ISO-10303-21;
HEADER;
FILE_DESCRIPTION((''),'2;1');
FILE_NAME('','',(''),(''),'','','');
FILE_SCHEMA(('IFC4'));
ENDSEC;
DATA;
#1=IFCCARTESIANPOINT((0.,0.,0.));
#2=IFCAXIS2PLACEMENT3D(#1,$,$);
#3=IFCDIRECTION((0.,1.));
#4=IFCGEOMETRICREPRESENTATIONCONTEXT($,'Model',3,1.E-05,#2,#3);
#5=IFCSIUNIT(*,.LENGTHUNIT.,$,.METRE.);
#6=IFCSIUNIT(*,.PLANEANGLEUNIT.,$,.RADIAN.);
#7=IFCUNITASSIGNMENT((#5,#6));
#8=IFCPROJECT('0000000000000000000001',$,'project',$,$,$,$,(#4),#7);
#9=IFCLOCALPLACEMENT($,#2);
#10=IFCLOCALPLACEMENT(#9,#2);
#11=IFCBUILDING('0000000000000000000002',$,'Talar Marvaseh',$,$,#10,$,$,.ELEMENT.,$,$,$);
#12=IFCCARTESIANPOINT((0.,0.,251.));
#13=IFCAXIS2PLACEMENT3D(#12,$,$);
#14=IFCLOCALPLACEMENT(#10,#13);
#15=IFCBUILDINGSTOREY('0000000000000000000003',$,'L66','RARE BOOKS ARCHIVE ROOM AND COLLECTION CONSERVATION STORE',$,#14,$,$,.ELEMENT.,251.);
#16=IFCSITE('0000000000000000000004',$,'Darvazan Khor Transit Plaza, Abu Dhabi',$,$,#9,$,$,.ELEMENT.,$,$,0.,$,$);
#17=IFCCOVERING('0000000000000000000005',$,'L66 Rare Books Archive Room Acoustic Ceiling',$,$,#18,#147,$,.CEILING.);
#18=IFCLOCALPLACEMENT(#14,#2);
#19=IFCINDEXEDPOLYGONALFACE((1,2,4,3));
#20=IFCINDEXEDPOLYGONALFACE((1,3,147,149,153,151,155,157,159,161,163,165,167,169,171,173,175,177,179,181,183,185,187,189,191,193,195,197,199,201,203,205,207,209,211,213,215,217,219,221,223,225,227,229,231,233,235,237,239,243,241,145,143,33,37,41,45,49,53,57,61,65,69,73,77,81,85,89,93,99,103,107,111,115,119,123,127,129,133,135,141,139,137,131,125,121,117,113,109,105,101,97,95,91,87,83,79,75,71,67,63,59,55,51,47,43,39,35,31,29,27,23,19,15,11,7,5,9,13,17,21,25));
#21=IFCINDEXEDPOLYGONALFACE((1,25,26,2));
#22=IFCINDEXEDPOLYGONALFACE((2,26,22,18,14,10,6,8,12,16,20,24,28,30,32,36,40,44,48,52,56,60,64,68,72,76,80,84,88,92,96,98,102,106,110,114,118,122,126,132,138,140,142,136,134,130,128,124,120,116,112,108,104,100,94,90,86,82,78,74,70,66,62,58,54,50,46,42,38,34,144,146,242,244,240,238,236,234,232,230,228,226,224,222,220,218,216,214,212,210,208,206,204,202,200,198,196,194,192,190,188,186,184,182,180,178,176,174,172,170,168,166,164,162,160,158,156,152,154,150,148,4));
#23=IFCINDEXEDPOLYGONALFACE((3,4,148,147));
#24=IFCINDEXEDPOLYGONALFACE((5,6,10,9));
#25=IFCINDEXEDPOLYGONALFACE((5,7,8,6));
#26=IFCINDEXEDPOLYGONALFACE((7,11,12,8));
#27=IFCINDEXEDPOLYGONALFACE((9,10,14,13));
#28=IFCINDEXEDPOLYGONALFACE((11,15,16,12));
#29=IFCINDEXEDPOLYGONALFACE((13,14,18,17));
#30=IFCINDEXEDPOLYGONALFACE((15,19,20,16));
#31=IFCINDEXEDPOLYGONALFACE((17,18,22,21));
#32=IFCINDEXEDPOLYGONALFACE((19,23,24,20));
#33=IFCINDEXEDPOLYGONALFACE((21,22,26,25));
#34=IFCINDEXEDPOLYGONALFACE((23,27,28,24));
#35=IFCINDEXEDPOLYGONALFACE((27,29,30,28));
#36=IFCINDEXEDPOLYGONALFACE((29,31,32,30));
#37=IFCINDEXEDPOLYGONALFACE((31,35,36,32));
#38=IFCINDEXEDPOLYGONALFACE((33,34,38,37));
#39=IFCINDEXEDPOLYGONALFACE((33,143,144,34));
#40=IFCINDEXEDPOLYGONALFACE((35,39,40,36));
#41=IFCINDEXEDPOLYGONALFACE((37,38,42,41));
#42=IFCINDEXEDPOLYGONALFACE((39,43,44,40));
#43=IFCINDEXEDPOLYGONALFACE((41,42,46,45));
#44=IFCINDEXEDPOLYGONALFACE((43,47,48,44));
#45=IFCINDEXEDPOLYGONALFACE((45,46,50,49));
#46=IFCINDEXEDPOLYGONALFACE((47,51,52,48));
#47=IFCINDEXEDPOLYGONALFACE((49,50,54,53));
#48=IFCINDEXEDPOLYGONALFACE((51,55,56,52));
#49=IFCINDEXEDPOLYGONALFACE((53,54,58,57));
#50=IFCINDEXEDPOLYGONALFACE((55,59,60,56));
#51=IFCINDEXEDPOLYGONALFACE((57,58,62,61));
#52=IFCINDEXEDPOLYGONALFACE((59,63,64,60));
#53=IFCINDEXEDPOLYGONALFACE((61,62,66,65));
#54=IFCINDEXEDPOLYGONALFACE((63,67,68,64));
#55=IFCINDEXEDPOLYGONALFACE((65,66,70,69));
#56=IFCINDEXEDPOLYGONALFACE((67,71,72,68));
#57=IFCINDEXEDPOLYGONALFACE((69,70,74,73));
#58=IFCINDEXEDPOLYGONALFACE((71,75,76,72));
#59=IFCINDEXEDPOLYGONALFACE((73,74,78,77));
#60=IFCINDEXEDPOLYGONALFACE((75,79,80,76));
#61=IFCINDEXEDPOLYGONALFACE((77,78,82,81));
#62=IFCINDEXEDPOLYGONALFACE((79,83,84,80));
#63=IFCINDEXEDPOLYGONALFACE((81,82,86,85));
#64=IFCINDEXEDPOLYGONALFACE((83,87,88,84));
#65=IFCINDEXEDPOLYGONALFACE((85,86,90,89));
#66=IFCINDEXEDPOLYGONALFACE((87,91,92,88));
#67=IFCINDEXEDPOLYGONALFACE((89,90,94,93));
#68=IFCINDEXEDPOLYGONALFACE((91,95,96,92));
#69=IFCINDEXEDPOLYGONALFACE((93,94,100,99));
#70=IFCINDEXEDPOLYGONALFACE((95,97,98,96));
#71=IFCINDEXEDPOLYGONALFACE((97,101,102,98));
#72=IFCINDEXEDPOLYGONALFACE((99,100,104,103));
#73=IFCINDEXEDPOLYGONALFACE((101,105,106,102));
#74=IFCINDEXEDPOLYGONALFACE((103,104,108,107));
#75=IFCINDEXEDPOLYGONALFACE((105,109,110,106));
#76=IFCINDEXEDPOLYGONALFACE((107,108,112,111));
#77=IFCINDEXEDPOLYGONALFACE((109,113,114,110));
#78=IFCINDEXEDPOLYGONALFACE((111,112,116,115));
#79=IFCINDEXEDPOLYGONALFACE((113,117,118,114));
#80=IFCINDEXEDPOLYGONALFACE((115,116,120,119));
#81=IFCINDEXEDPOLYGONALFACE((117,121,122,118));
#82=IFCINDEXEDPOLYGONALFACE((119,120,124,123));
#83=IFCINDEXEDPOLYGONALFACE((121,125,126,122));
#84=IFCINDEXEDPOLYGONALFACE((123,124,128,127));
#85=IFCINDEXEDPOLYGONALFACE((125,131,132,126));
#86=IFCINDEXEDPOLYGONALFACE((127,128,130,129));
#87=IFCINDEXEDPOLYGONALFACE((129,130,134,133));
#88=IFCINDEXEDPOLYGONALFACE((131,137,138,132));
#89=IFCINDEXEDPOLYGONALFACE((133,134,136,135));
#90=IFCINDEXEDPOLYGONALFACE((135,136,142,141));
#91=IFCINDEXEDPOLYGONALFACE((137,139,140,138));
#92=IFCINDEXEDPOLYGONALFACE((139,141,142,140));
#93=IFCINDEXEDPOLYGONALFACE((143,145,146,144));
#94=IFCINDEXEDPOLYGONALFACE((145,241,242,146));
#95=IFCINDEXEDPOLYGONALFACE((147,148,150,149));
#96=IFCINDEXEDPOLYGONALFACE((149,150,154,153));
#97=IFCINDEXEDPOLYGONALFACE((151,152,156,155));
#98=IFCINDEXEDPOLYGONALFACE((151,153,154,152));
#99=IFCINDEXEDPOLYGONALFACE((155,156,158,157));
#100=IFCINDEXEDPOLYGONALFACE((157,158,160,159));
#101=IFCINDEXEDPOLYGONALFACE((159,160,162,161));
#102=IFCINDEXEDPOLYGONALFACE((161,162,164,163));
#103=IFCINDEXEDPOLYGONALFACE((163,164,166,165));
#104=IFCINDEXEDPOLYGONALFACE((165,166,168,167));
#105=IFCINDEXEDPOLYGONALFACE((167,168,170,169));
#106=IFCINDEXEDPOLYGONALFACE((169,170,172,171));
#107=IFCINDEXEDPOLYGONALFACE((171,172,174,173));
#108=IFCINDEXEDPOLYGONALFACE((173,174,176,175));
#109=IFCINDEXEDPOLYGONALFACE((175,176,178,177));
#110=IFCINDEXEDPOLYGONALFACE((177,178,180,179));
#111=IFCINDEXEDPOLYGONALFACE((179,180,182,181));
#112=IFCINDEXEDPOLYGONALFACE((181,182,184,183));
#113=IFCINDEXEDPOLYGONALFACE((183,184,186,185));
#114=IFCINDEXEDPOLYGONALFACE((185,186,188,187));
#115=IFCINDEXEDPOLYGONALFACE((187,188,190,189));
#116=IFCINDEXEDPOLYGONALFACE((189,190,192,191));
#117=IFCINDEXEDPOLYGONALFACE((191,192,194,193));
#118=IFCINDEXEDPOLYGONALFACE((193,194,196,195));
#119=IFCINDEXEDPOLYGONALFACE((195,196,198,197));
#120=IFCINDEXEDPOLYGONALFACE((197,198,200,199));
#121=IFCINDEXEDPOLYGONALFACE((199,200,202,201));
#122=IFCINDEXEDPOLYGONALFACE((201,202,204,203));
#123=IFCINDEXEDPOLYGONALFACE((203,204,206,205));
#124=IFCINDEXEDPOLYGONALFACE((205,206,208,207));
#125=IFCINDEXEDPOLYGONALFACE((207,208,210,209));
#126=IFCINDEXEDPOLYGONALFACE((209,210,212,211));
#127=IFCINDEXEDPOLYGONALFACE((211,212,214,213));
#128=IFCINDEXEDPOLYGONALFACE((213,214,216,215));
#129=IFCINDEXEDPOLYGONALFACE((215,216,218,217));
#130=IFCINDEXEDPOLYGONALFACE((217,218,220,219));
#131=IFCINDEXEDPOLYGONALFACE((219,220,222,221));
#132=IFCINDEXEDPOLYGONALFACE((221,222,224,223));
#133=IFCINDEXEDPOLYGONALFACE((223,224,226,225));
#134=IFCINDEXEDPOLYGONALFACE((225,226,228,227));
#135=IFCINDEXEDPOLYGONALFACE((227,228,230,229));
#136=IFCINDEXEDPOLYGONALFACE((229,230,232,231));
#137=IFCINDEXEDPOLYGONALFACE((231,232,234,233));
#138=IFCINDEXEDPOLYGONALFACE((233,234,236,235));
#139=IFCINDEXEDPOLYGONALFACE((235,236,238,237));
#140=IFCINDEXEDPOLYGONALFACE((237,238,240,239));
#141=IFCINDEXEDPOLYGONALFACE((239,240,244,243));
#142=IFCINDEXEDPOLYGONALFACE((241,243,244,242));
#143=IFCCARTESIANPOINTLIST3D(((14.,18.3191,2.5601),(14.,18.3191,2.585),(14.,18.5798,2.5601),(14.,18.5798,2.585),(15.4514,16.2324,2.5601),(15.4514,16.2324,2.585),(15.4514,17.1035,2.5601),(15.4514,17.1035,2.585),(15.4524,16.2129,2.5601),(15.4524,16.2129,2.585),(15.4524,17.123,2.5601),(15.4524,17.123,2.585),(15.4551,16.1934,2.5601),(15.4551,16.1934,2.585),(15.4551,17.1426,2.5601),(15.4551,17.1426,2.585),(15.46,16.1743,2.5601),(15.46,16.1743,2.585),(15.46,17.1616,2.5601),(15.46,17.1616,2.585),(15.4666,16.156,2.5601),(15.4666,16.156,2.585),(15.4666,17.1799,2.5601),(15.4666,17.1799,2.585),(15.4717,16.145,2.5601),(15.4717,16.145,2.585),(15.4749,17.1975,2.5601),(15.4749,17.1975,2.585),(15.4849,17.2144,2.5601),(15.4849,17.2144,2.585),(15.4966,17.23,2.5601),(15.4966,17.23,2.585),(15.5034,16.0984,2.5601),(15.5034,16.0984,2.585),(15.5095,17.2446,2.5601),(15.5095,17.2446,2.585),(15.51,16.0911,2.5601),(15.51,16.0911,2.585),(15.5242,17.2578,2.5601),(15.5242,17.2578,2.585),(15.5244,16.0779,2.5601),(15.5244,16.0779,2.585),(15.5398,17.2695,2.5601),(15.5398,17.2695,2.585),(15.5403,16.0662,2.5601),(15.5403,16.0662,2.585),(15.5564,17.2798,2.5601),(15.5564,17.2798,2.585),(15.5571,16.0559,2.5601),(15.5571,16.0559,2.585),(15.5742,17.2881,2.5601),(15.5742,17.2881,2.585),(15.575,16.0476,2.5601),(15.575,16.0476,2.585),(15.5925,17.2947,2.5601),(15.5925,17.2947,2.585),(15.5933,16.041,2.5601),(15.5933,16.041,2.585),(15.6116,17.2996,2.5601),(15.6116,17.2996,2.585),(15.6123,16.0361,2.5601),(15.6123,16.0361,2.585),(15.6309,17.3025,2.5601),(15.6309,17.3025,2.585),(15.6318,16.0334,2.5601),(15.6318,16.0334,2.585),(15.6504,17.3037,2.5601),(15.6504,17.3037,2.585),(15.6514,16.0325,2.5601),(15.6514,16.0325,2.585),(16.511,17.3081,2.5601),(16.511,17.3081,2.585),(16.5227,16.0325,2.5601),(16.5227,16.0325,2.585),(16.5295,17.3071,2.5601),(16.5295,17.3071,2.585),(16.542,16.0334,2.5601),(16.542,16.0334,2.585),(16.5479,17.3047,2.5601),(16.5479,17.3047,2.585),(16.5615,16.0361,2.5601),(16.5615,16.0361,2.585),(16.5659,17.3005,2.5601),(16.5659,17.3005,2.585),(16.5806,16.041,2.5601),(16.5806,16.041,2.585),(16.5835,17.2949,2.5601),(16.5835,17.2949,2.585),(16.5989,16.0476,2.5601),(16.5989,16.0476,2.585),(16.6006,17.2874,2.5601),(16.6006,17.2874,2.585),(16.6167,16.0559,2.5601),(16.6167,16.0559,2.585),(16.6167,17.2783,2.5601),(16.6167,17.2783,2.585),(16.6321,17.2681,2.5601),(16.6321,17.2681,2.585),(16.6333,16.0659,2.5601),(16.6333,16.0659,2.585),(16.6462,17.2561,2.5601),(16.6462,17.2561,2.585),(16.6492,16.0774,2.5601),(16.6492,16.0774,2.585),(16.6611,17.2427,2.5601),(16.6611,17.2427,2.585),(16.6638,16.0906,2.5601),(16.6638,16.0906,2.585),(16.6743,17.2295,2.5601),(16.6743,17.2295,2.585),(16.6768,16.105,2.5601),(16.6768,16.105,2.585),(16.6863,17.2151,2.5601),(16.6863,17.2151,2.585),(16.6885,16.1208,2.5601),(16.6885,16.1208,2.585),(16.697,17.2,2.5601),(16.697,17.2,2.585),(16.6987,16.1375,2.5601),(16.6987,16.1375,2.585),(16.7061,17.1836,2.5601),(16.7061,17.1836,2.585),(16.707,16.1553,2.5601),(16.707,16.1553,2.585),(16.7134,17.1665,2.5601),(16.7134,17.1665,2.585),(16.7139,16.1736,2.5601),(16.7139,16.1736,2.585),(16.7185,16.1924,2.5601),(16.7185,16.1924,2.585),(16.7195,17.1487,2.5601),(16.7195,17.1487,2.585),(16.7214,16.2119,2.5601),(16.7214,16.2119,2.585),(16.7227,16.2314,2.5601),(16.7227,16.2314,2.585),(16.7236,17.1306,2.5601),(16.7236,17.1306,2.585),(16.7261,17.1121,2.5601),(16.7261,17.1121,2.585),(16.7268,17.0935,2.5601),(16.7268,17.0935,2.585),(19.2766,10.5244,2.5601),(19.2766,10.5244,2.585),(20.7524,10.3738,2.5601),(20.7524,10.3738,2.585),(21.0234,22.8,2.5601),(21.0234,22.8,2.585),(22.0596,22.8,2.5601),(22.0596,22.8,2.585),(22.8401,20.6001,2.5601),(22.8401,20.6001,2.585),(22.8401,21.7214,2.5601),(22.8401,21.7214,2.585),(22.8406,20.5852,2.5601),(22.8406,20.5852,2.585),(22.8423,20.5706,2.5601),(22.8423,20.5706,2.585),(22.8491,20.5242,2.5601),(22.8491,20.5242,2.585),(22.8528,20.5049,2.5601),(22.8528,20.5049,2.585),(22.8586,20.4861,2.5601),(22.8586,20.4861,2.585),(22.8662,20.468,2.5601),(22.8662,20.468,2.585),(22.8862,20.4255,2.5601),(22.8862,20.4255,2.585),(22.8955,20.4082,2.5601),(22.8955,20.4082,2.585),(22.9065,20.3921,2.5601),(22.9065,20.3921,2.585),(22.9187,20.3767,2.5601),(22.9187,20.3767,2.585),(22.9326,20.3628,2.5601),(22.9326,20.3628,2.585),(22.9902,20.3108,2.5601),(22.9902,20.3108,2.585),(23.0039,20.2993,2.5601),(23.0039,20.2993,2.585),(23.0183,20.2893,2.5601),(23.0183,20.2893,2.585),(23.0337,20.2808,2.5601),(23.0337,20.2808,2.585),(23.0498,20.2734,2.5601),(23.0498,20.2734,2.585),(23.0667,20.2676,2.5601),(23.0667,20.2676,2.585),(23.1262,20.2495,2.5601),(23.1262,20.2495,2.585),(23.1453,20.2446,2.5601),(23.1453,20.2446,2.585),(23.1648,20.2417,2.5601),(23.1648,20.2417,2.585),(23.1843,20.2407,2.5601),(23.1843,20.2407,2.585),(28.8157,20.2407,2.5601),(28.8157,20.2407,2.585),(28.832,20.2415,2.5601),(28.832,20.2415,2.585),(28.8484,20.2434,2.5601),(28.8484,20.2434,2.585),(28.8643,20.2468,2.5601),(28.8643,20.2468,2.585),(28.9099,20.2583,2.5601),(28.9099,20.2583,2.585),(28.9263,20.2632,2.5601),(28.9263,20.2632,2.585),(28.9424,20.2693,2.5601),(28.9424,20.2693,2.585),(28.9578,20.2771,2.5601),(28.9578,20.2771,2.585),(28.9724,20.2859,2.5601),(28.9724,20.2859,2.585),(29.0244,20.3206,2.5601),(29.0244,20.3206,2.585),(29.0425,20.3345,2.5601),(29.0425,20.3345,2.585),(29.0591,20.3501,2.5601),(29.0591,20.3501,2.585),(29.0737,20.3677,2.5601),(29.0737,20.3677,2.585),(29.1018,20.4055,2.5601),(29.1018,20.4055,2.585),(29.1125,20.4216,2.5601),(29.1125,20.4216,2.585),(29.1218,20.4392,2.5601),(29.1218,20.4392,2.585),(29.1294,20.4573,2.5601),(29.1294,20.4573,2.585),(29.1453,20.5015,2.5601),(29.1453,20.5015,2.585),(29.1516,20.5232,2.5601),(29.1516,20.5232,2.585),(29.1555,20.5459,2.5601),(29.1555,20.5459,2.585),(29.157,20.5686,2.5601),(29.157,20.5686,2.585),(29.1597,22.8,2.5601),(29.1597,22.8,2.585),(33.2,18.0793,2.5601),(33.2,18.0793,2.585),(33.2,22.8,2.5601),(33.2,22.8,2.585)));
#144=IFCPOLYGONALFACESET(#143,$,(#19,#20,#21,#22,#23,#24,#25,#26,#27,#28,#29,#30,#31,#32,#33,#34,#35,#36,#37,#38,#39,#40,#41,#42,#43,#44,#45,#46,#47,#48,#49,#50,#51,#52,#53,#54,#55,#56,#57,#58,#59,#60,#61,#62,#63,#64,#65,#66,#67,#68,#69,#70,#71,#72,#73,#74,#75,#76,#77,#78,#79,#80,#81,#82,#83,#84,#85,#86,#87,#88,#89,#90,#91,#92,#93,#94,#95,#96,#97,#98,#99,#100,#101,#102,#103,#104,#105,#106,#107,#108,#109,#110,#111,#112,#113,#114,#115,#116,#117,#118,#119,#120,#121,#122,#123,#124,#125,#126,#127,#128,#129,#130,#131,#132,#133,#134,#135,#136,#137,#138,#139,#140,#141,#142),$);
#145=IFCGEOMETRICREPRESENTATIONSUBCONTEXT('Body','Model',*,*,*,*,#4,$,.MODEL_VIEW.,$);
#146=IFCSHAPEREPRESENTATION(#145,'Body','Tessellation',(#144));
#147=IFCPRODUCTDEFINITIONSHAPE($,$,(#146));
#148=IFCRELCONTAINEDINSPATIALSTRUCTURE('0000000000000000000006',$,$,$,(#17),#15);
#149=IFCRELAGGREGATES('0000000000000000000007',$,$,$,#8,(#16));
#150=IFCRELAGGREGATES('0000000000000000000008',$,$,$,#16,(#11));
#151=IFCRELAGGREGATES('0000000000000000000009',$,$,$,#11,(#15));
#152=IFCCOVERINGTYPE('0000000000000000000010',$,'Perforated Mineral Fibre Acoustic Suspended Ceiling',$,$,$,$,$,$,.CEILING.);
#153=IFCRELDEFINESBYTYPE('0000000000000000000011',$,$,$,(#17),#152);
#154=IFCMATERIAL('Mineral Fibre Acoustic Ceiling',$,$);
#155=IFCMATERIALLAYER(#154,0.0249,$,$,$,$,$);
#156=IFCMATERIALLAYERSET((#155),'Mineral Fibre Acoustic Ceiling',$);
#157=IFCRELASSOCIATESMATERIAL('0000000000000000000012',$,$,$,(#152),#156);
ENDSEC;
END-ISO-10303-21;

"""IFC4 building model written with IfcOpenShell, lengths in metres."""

from ifc_helpers import new_model, si_unit, direction, frame, origin, place, context, subcontext, project, spatial, polyline, outline, extrude, material, layer, layer_set, type_object, element, save


model = new_model("IFC4")

# Units and contexts
model_context = context("Model", 3, precision=1e-05, world=origin(), true_north=direction((0.0, 1.0)))
body_context = subcontext(model_context, "Body", "Model", "MODEL_VIEW")
ifc_project = project(units=[si_unit("LENGTHUNIT", "METRE"), si_unit("PLANEANGLEUNIT", "RADIAN")], contexts=[model_context])

# Site, building, storey
site_placement = place(None, origin())
site = spatial("IfcSite", under=ifc_project, at=site_placement, Name="Darvazan Khor Transit Plaza, Abu Dhabi", CompositionType="ELEMENT", RefElevation=0.0)
building_placement = place(site_placement, origin())
building = spatial("IfcBuilding", under=site, at=building_placement, Name="Talar Marvaseh", CompositionType="ELEMENT")
storey_placement = place(building_placement, frame((0.0, 0.0, 251.0)))
storey = spatial("IfcBuildingStorey", under=building, at=storey_placement, Name="L66", Description="RARE BOOKS ARCHIVE ROOM AND COLLECTION CONSERVATION STORE", CompositionType="ELEMENT", Elevation=251.0)

# Covering
ifc_material_1 = material(Name="Mineral Fibre Acoustic Ceiling")
ifc_layer_1 = layer(ifc_material_1, 0.0249)
ifc_layer_set_1 = layer_set([ifc_layer_1], Name="Mineral Fibre Acoustic Ceiling")
covering_type_1 = type_object("IfcCoveringType", Name="Perforated Mineral Fibre Acoustic Suspended Ceiling", PredefinedType="CEILING", material=ifc_layer_set_1)
covering_1_placement = place(storey_placement, frame((0.0, 0.0, 2.5601)))
element("IfcCovering", 1, at=covering_1_placement, inside=storey, type_object=covering_type_1, Name="L66 Rare Books Archive Room Acoustic Ceiling", PredefinedType="CEILING", context=body_context, shape_type="SweptSolid", body=[
    extrude(outline(polyline([(14.0, 18.5798), (21.0234, 22.8), (22.0596, 22.8), (22.8401, 21.7214), (22.8401, 20.6001), (22.8406, 20.5852), (22.8423, 20.5706), (22.8491, 20.5242), (22.8528, 20.5049), (22.8586, 20.4861), (22.8662, 20.468), (22.8862, 20.4255), (22.8955, 20.4082), (22.9065, 20.3921), (22.9187, 20.3767), (22.9326, 20.3628), (22.9902, 20.3108), (23.0039, 20.2993), (23.0183, 20.2893), (23.0337, 20.2808), (23.0498, 20.2734), (23.0667, 20.2676), (23.1262, 20.2495), (23.1453, 20.2446), (23.1648, 20.2417), (23.1843, 20.2407), (28.8157, 20.2407), (28.832, 20.2415), (28.8484, 20.2434), (28.8643, 20.2468), (28.9099, 20.2583), (28.9263, 20.2632), (28.9424, 20.2693), (28.9578, 20.2771), (28.9724, 20.2859), (29.0244, 20.3206), (29.0425, 20.3345), (29.0591, 20.3501), (29.0737, 20.3677), (29.1018, 20.4055), (29.1125, 20.4216), (29.1218, 20.4392), (29.1294, 20.4573), (29.1453, 20.5015), (29.1516, 20.5232), (29.1555, 20.5459), (29.157, 20.5686), (29.1597, 22.8), (33.2, 22.8), (33.2, 18.0793), (20.7524, 10.3738), (19.2766, 10.5244), (15.5034, 16.0984), (15.51, 16.0911), (15.5244, 16.0779), (15.5403, 16.0662), (15.5571, 16.0559), (15.575, 16.0476), (15.5933, 16.041), (15.6123, 16.0361), (15.6318, 16.0334), (15.6514, 16.0325), (16.5227, 16.0325), (16.542, 16.0334), (16.5615, 16.0361), (16.5806, 16.041), (16.5989, 16.0476), (16.6167, 16.0559), (16.6333, 16.0659), (16.6492, 16.0774), (16.6638, 16.0906), (16.6768, 16.105), (16.6885, 16.1208), (16.6987, 16.1375), (16.707, 16.1553), (16.7139, 16.1736), (16.7185, 16.1924), (16.7214, 16.2119), (16.7227, 16.2314), (16.7268, 17.0935), (16.7261, 17.1121), (16.7236, 17.1306), (16.7195, 17.1487), (16.7134, 17.1665), (16.7061, 17.1836), (16.697, 17.2), (16.6863, 17.2151), (16.6743, 17.2295), (16.6611, 17.2427), (16.6462, 17.2561), (16.6321, 17.2681), (16.6167, 17.2783), (16.6006, 17.2874), (16.5835, 17.2949), (16.5659, 17.3005), (16.5479, 17.3047), (16.5295, 17.3071), (16.511, 17.3081), (15.6504, 17.3037), (15.6309, 17.3025), (15.6116, 17.2996), (15.5925, 17.2947), (15.5742, 17.2881), (15.5564, 17.2798), (15.5398, 17.2695), (15.5242, 17.2578), (15.5095, 17.2446), (15.4966, 17.23), (15.4849, 17.2144), (15.4749, 17.1975), (15.4666, 17.1799), (15.46, 17.1616), (15.4551, 17.1426), (15.4524, 17.123), (15.4514, 17.1035), (15.4514, 16.2324), (15.4524, 16.2129), (15.4551, 16.1934), (15.46, 16.1743), (15.4666, 16.156), (15.4717, 16.145), (14.0, 18.3191), (14.0, 18.5798)])), origin(), (0.0, 0.0, 1.0), 0.0249),
])

save(model, "model.ifc")
